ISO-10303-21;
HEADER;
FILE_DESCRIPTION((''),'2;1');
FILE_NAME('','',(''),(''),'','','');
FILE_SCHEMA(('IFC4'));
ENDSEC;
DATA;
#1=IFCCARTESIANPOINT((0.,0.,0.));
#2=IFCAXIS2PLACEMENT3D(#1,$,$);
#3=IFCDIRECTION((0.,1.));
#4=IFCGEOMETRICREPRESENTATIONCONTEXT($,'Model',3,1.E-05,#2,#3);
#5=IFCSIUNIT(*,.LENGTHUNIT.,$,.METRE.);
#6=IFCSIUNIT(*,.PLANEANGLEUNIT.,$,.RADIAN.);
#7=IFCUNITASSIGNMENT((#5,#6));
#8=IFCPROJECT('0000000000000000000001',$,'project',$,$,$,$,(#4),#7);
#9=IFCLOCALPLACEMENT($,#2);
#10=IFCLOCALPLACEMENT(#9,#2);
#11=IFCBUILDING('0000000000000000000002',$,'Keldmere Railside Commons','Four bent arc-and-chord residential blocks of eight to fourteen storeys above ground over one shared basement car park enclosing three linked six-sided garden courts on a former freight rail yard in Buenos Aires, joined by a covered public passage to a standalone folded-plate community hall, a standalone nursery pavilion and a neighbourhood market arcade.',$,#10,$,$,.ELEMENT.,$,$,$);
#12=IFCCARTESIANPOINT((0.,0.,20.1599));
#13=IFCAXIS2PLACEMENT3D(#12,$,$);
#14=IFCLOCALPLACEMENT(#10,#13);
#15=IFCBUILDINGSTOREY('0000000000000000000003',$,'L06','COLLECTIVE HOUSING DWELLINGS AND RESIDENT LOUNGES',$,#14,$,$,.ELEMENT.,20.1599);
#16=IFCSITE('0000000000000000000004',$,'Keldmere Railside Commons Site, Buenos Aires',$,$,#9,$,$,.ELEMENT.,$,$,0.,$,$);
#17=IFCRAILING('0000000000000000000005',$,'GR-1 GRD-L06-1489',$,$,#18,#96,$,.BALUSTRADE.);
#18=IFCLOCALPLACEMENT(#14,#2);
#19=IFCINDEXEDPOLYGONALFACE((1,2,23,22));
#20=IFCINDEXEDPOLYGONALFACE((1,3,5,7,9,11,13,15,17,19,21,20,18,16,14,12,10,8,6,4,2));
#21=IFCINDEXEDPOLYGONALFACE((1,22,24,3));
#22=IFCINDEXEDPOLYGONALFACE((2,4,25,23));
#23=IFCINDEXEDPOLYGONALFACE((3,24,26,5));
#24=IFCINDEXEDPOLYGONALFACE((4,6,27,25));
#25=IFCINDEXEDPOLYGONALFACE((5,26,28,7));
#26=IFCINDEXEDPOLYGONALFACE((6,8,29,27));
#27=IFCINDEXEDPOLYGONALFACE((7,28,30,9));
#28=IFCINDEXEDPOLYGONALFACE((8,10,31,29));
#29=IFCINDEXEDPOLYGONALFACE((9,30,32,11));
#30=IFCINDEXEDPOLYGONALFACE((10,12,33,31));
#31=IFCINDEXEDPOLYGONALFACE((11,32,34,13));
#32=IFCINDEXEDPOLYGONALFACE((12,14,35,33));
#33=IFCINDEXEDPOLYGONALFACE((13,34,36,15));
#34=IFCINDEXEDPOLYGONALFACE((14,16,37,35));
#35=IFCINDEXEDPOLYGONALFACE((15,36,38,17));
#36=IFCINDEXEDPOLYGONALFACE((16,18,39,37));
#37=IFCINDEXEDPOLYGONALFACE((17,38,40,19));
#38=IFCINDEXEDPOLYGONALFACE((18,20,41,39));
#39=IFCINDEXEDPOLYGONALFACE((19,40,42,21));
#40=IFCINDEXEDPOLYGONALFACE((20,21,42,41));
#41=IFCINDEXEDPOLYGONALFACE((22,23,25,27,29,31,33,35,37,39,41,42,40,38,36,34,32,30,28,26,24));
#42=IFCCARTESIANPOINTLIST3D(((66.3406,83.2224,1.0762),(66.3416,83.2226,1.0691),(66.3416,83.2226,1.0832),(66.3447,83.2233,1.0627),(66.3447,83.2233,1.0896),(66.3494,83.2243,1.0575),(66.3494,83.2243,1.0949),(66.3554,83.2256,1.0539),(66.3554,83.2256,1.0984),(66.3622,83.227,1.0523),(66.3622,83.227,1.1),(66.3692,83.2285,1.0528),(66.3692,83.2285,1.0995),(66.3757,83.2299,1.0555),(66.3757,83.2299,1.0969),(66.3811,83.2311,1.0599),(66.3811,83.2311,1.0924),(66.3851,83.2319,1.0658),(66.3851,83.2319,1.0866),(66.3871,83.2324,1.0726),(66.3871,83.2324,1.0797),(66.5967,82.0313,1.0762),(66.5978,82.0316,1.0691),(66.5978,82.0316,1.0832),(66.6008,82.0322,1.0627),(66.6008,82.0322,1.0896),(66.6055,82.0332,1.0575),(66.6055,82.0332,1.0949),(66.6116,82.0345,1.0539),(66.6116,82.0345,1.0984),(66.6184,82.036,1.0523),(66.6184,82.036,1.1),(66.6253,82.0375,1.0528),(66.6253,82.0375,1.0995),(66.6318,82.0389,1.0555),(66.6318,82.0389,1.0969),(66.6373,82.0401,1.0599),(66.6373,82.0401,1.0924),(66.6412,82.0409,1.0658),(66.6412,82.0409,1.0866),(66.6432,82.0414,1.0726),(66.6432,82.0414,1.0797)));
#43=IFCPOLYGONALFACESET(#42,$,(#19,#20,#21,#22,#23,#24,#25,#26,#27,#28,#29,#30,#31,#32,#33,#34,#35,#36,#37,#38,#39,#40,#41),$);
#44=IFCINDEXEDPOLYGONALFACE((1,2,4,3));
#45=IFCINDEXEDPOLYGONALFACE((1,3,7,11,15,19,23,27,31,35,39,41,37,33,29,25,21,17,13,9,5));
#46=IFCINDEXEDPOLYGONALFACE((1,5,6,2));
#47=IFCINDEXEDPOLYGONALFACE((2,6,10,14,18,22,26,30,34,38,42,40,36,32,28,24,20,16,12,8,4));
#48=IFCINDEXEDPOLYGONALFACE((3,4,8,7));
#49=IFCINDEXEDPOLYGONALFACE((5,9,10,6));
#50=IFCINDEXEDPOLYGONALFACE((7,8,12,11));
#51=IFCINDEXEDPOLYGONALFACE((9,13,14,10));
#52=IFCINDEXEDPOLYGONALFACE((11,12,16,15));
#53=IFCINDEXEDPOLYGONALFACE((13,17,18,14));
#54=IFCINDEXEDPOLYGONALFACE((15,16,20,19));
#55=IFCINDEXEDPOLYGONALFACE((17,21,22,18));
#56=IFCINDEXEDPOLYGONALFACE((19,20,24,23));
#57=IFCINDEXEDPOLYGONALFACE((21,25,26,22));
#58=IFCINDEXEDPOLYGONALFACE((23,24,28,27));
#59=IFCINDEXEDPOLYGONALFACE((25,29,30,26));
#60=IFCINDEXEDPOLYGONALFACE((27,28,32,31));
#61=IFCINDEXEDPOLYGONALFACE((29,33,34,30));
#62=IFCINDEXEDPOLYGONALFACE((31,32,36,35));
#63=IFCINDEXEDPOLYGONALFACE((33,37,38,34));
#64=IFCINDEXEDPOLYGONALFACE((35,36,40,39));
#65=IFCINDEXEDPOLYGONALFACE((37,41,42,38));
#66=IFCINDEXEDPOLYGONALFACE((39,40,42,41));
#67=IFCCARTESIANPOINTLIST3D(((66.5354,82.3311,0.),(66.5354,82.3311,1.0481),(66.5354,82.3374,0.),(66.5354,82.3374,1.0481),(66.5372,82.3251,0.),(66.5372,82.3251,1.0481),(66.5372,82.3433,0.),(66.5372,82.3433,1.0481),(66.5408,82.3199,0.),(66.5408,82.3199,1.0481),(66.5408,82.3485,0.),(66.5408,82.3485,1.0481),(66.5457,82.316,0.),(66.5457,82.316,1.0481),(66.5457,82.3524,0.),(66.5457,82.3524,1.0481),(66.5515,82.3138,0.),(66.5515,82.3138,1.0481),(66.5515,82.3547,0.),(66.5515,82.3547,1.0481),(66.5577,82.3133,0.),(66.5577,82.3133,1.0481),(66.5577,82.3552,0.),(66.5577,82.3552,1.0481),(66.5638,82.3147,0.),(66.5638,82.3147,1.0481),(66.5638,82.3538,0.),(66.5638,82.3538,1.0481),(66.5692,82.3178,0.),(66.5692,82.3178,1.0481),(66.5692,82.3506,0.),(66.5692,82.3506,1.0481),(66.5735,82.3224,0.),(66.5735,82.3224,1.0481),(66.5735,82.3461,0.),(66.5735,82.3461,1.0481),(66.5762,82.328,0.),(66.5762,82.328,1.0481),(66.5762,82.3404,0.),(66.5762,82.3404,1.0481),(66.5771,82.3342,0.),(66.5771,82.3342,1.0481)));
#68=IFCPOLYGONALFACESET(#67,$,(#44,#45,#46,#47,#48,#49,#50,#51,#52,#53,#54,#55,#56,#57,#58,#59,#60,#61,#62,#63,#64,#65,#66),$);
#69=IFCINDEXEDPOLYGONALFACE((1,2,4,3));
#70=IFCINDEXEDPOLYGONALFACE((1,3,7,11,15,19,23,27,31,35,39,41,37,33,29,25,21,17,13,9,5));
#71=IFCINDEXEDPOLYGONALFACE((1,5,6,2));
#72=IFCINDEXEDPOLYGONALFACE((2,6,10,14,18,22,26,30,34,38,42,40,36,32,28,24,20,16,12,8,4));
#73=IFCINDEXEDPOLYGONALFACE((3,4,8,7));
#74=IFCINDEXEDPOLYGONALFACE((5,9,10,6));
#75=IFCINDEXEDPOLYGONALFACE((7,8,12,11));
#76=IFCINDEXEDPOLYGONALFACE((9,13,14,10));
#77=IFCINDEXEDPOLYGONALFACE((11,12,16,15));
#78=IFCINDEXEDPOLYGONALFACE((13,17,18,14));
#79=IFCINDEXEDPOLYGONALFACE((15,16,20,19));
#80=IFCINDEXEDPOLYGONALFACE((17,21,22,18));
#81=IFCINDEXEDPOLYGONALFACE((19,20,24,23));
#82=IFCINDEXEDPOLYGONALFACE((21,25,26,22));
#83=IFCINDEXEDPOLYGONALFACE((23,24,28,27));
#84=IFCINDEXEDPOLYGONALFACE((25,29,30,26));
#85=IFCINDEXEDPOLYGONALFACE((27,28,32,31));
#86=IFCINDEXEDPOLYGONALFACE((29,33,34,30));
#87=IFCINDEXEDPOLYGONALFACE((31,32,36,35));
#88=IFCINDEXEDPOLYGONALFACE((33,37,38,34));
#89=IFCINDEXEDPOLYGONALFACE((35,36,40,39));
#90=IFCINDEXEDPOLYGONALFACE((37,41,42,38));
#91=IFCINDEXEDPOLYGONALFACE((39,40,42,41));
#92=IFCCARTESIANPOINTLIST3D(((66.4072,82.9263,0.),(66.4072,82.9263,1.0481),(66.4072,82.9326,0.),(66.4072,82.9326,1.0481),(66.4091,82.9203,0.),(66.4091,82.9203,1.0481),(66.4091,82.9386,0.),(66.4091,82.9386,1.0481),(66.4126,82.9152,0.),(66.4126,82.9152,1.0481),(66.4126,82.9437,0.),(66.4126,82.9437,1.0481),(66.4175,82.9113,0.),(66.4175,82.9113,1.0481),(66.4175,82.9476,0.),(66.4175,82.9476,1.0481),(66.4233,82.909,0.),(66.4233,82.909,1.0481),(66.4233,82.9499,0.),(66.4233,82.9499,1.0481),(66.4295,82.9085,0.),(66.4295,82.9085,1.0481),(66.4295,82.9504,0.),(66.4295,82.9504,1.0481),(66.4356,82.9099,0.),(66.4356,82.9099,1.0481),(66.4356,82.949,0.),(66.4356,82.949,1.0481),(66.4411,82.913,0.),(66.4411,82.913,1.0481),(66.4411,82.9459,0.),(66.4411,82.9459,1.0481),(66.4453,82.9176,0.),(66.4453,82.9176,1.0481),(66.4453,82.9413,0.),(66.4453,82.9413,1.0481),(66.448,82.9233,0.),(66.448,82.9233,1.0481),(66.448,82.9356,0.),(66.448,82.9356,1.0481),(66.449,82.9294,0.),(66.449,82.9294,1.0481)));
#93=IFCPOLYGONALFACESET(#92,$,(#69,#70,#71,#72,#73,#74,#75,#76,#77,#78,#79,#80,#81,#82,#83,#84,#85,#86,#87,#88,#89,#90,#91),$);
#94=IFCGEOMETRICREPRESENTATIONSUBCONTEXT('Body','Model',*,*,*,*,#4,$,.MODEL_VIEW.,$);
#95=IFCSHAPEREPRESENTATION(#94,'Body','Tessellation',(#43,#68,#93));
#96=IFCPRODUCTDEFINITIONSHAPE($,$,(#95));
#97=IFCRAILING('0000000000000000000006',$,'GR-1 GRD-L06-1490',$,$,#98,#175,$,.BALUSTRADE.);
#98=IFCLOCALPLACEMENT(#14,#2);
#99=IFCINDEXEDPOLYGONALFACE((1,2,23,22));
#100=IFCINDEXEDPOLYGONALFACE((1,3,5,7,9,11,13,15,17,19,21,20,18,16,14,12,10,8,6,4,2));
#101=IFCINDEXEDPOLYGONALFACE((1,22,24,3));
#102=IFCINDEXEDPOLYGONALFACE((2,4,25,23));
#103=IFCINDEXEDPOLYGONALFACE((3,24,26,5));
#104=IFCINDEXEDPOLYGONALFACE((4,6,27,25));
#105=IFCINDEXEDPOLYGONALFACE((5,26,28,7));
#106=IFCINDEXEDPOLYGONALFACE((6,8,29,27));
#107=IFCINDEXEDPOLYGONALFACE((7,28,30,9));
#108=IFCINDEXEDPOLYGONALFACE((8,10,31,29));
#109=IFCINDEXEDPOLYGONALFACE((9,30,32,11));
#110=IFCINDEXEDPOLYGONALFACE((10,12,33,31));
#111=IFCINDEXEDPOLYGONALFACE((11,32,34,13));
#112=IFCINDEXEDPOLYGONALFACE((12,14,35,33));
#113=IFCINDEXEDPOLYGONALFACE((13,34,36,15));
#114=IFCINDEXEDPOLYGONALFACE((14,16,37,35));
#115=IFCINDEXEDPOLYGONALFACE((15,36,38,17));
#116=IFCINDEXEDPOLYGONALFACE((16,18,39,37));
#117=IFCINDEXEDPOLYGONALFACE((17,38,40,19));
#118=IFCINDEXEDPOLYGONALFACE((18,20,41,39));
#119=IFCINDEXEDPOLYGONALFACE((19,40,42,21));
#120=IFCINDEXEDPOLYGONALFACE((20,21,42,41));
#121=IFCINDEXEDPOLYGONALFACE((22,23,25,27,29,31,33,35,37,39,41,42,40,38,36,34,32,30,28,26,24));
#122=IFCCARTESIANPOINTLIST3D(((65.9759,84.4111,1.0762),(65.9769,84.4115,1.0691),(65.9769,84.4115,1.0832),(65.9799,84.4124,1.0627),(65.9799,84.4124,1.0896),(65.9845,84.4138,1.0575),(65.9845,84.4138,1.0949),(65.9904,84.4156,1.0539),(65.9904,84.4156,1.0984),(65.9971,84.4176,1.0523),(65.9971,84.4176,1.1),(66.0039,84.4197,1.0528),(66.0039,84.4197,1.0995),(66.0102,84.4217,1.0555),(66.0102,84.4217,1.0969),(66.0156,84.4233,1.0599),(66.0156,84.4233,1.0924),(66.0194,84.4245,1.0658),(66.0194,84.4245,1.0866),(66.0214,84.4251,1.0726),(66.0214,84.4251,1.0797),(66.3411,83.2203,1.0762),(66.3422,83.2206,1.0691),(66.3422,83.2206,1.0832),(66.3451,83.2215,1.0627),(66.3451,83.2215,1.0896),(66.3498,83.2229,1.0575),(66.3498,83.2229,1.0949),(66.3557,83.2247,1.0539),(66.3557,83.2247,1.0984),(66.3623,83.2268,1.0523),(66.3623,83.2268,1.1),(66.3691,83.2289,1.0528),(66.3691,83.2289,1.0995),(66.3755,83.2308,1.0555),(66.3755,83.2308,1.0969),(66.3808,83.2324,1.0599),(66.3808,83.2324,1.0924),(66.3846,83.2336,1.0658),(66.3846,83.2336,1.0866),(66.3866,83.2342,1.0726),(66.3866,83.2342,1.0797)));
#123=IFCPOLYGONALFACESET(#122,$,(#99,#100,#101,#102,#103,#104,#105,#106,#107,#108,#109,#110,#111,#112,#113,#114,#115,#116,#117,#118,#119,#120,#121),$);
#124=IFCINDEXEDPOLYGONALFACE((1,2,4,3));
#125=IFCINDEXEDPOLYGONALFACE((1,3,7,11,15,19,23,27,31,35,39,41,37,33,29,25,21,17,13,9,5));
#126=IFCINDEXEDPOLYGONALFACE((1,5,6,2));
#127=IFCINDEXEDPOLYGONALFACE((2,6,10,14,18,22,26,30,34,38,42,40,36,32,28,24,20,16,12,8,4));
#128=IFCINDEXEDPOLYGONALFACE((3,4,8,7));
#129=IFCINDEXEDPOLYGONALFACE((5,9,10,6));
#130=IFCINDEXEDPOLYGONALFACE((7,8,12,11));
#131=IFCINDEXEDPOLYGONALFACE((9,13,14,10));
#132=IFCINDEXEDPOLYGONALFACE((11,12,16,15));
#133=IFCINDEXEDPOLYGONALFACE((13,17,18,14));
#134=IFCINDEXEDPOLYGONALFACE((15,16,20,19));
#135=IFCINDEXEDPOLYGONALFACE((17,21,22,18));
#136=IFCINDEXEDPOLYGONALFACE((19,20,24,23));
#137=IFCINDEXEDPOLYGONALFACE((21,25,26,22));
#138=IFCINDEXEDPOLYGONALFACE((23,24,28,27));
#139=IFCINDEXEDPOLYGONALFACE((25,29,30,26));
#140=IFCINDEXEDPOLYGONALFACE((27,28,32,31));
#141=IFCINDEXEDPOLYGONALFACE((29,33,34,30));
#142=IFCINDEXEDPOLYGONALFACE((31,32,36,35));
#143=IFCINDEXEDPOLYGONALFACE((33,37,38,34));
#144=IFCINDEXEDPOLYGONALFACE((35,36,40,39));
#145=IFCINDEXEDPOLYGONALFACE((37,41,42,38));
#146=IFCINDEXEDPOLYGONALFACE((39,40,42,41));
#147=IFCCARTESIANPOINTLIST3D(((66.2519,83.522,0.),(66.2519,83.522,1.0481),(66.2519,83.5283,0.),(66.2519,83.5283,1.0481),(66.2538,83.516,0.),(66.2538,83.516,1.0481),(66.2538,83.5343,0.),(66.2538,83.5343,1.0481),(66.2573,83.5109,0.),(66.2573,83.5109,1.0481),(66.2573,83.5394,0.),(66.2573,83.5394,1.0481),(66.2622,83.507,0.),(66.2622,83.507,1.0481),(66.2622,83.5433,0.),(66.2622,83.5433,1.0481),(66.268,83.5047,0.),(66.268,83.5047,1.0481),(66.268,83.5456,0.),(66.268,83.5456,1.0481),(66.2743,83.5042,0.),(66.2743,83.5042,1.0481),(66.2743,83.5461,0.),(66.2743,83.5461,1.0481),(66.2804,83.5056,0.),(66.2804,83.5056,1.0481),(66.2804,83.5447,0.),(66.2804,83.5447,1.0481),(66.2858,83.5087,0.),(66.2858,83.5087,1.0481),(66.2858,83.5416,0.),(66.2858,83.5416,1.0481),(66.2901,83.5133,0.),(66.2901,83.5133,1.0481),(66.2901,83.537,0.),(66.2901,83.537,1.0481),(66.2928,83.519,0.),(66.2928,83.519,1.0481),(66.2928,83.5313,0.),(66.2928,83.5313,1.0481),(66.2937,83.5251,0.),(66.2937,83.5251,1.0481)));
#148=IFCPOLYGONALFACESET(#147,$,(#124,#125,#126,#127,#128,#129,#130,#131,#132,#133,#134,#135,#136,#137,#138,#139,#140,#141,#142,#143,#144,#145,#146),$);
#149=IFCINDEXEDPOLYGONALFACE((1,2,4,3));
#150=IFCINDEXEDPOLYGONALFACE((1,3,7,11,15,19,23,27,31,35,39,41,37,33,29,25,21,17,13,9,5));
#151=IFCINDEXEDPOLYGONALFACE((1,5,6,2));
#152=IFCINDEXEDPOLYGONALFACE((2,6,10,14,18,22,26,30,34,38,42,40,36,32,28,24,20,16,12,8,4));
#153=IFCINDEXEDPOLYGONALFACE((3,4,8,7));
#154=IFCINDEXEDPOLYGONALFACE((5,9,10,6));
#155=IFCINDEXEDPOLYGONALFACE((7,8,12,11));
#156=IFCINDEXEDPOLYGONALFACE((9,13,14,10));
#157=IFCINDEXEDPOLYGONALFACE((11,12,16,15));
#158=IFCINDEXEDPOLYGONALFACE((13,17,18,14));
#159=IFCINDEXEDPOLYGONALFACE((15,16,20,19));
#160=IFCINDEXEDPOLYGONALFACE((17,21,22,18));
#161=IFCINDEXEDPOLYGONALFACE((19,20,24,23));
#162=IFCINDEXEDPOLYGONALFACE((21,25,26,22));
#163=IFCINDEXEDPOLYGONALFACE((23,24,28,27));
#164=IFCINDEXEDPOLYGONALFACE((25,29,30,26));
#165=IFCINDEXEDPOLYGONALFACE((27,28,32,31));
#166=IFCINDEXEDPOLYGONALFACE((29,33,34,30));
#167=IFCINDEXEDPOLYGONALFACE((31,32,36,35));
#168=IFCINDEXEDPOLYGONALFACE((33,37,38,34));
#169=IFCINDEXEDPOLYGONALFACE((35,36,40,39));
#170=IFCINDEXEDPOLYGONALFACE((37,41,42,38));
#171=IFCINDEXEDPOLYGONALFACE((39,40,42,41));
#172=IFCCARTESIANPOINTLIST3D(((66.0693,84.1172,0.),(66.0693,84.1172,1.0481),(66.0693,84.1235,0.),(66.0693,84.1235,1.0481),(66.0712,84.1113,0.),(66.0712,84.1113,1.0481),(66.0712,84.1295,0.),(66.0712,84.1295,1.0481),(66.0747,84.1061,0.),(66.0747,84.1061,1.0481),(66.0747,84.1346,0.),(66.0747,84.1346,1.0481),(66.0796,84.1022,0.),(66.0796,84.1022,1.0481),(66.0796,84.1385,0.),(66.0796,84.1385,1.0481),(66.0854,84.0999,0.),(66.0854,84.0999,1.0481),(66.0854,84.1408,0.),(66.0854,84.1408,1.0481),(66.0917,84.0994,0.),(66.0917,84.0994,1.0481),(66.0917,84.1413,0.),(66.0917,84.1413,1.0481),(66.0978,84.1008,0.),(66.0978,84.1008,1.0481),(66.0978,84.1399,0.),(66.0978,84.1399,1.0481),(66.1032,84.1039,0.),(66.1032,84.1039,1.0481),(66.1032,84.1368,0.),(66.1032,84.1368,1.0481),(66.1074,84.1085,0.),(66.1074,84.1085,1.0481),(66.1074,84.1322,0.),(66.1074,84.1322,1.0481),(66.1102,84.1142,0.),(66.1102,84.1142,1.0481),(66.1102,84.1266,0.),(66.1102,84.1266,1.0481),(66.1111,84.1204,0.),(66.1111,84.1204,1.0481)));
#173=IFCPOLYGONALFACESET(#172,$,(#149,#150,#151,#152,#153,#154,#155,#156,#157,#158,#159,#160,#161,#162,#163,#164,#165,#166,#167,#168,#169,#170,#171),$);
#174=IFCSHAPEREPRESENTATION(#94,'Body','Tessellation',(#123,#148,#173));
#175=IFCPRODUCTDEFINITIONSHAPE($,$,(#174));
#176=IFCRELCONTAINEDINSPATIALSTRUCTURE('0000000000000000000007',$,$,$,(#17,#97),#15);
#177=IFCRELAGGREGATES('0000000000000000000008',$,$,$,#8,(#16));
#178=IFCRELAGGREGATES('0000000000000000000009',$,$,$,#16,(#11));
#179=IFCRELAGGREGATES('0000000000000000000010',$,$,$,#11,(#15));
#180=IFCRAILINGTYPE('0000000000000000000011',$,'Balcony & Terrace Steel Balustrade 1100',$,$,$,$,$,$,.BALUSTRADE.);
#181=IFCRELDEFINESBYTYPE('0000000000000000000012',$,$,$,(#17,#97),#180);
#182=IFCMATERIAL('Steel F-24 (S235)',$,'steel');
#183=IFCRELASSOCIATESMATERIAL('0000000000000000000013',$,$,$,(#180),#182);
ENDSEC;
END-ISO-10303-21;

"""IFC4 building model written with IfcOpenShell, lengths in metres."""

from ifc_helpers import new_model, si_unit, direction, frame, origin, origin_2d, place, context, subcontext, project, spatial, circle, extrude, material, type_object, element, save


model = new_model("IFC4")

# Units and contexts
model_context = context("Model", 3, precision=1e-05, world=origin(), true_north=direction((0.0, 1.0)))
body_context = subcontext(model_context, "Body", "Model", "MODEL_VIEW")
ifc_project = project(units=[si_unit("LENGTHUNIT", "METRE"), si_unit("PLANEANGLEUNIT", "RADIAN")], contexts=[model_context])

# Site, building, storey
site_placement = place(None, origin())
site = spatial("IfcSite", under=ifc_project, at=site_placement, Name="Keldmere Railside Commons Site, Buenos Aires", CompositionType="ELEMENT", RefElevation=0.0)
building_placement = place(site_placement, origin())
building = spatial("IfcBuilding", under=site, at=building_placement, Name="Keldmere Railside Commons", Description="Four bent arc-and-chord residential blocks of eight to fourteen storeys above ground over one shared basement car park enclosing three linked six-sided garden courts on a former freight rail yard in Buenos Aires, joined by a covered public passage to a standalone folded-plate community hall, a standalone nursery pavilion and a neighbourhood market arcade.", CompositionType="ELEMENT")
storey_placement = place(building_placement, frame((0.0, 0.0, 20.1599)))
storey = spatial("IfcBuildingStorey", under=building, at=storey_placement, Name="L06", Description="COLLECTIVE HOUSING DWELLINGS AND RESIDENT LOUNGES", CompositionType="ELEMENT", Elevation=20.1599)

# Railings
ifc_material_1 = material(Name="Steel F-24 (S235)", Category="steel")
railing_type = type_object("IfcRailingType", Name="Balcony & Terrace Steel Balustrade 1100", PredefinedType="BALUSTRADE", material=ifc_material_1)
railing_1_placement = place(storey_placement, frame((66.6201, 82.0364, 0.0)))
element("IfcRailing", 1, at=railing_1_placement, inside=storey, type_object=railing_type, Name="GR-1 GRD-L06-1489", PredefinedType="BALUSTRADE", context=body_context, shape_type="SweptSolid", body=[
    extrude(circle(Radius=0.0239, at=origin_2d()), frame((0.0, 0.0, 1.0762), z_axis=(-0.210241, 0.97765, 0.0), x_axis=(-0.97765, -0.210241, 0.0)), (0.0, 0.0, 1.0), 1.2183),
    extrude(circle(Radius=0.021, at=origin_2d()), frame((-0.064, 0.2979, 0.0)), (0.0, 0.0, 1.0), 1.0481),
    extrude(circle(Radius=0.021, at=origin_2d()), frame((-0.1921, 0.8931, 0.0)), (0.0, 0.0, 1.0), 1.0481),
])
railing_2_placement = place(storey_placement, frame((66.364, 83.2273, 0.0)))
element("IfcRailing", 2, at=railing_2_placement, inside=storey, type_object=railing_type, Name="GR-1 GRD-L06-1490", PredefinedType="BALUSTRADE", context=body_context, shape_type="SweptSolid", body=[
    extrude(circle(Radius=0.0239, at=origin_2d()), frame((0.0, 0.0, 1.0762), z_axis=(-0.293204, 0.95605, 0.0), x_axis=(-0.95605, -0.293204, 0.0)), (0.0, 0.0, 1.0), 1.2456),
    extrude(circle(Radius=0.021, at=origin_2d()), frame((-0.0913, 0.2979, 0.0)), (0.0, 0.0, 1.0), 1.0481),
    extrude(circle(Radius=0.021, at=origin_2d()), frame((-0.2739, 0.8931, 0.0)), (0.0, 0.0, 1.0), 1.0481),
])

save(model, "model.ifc")
